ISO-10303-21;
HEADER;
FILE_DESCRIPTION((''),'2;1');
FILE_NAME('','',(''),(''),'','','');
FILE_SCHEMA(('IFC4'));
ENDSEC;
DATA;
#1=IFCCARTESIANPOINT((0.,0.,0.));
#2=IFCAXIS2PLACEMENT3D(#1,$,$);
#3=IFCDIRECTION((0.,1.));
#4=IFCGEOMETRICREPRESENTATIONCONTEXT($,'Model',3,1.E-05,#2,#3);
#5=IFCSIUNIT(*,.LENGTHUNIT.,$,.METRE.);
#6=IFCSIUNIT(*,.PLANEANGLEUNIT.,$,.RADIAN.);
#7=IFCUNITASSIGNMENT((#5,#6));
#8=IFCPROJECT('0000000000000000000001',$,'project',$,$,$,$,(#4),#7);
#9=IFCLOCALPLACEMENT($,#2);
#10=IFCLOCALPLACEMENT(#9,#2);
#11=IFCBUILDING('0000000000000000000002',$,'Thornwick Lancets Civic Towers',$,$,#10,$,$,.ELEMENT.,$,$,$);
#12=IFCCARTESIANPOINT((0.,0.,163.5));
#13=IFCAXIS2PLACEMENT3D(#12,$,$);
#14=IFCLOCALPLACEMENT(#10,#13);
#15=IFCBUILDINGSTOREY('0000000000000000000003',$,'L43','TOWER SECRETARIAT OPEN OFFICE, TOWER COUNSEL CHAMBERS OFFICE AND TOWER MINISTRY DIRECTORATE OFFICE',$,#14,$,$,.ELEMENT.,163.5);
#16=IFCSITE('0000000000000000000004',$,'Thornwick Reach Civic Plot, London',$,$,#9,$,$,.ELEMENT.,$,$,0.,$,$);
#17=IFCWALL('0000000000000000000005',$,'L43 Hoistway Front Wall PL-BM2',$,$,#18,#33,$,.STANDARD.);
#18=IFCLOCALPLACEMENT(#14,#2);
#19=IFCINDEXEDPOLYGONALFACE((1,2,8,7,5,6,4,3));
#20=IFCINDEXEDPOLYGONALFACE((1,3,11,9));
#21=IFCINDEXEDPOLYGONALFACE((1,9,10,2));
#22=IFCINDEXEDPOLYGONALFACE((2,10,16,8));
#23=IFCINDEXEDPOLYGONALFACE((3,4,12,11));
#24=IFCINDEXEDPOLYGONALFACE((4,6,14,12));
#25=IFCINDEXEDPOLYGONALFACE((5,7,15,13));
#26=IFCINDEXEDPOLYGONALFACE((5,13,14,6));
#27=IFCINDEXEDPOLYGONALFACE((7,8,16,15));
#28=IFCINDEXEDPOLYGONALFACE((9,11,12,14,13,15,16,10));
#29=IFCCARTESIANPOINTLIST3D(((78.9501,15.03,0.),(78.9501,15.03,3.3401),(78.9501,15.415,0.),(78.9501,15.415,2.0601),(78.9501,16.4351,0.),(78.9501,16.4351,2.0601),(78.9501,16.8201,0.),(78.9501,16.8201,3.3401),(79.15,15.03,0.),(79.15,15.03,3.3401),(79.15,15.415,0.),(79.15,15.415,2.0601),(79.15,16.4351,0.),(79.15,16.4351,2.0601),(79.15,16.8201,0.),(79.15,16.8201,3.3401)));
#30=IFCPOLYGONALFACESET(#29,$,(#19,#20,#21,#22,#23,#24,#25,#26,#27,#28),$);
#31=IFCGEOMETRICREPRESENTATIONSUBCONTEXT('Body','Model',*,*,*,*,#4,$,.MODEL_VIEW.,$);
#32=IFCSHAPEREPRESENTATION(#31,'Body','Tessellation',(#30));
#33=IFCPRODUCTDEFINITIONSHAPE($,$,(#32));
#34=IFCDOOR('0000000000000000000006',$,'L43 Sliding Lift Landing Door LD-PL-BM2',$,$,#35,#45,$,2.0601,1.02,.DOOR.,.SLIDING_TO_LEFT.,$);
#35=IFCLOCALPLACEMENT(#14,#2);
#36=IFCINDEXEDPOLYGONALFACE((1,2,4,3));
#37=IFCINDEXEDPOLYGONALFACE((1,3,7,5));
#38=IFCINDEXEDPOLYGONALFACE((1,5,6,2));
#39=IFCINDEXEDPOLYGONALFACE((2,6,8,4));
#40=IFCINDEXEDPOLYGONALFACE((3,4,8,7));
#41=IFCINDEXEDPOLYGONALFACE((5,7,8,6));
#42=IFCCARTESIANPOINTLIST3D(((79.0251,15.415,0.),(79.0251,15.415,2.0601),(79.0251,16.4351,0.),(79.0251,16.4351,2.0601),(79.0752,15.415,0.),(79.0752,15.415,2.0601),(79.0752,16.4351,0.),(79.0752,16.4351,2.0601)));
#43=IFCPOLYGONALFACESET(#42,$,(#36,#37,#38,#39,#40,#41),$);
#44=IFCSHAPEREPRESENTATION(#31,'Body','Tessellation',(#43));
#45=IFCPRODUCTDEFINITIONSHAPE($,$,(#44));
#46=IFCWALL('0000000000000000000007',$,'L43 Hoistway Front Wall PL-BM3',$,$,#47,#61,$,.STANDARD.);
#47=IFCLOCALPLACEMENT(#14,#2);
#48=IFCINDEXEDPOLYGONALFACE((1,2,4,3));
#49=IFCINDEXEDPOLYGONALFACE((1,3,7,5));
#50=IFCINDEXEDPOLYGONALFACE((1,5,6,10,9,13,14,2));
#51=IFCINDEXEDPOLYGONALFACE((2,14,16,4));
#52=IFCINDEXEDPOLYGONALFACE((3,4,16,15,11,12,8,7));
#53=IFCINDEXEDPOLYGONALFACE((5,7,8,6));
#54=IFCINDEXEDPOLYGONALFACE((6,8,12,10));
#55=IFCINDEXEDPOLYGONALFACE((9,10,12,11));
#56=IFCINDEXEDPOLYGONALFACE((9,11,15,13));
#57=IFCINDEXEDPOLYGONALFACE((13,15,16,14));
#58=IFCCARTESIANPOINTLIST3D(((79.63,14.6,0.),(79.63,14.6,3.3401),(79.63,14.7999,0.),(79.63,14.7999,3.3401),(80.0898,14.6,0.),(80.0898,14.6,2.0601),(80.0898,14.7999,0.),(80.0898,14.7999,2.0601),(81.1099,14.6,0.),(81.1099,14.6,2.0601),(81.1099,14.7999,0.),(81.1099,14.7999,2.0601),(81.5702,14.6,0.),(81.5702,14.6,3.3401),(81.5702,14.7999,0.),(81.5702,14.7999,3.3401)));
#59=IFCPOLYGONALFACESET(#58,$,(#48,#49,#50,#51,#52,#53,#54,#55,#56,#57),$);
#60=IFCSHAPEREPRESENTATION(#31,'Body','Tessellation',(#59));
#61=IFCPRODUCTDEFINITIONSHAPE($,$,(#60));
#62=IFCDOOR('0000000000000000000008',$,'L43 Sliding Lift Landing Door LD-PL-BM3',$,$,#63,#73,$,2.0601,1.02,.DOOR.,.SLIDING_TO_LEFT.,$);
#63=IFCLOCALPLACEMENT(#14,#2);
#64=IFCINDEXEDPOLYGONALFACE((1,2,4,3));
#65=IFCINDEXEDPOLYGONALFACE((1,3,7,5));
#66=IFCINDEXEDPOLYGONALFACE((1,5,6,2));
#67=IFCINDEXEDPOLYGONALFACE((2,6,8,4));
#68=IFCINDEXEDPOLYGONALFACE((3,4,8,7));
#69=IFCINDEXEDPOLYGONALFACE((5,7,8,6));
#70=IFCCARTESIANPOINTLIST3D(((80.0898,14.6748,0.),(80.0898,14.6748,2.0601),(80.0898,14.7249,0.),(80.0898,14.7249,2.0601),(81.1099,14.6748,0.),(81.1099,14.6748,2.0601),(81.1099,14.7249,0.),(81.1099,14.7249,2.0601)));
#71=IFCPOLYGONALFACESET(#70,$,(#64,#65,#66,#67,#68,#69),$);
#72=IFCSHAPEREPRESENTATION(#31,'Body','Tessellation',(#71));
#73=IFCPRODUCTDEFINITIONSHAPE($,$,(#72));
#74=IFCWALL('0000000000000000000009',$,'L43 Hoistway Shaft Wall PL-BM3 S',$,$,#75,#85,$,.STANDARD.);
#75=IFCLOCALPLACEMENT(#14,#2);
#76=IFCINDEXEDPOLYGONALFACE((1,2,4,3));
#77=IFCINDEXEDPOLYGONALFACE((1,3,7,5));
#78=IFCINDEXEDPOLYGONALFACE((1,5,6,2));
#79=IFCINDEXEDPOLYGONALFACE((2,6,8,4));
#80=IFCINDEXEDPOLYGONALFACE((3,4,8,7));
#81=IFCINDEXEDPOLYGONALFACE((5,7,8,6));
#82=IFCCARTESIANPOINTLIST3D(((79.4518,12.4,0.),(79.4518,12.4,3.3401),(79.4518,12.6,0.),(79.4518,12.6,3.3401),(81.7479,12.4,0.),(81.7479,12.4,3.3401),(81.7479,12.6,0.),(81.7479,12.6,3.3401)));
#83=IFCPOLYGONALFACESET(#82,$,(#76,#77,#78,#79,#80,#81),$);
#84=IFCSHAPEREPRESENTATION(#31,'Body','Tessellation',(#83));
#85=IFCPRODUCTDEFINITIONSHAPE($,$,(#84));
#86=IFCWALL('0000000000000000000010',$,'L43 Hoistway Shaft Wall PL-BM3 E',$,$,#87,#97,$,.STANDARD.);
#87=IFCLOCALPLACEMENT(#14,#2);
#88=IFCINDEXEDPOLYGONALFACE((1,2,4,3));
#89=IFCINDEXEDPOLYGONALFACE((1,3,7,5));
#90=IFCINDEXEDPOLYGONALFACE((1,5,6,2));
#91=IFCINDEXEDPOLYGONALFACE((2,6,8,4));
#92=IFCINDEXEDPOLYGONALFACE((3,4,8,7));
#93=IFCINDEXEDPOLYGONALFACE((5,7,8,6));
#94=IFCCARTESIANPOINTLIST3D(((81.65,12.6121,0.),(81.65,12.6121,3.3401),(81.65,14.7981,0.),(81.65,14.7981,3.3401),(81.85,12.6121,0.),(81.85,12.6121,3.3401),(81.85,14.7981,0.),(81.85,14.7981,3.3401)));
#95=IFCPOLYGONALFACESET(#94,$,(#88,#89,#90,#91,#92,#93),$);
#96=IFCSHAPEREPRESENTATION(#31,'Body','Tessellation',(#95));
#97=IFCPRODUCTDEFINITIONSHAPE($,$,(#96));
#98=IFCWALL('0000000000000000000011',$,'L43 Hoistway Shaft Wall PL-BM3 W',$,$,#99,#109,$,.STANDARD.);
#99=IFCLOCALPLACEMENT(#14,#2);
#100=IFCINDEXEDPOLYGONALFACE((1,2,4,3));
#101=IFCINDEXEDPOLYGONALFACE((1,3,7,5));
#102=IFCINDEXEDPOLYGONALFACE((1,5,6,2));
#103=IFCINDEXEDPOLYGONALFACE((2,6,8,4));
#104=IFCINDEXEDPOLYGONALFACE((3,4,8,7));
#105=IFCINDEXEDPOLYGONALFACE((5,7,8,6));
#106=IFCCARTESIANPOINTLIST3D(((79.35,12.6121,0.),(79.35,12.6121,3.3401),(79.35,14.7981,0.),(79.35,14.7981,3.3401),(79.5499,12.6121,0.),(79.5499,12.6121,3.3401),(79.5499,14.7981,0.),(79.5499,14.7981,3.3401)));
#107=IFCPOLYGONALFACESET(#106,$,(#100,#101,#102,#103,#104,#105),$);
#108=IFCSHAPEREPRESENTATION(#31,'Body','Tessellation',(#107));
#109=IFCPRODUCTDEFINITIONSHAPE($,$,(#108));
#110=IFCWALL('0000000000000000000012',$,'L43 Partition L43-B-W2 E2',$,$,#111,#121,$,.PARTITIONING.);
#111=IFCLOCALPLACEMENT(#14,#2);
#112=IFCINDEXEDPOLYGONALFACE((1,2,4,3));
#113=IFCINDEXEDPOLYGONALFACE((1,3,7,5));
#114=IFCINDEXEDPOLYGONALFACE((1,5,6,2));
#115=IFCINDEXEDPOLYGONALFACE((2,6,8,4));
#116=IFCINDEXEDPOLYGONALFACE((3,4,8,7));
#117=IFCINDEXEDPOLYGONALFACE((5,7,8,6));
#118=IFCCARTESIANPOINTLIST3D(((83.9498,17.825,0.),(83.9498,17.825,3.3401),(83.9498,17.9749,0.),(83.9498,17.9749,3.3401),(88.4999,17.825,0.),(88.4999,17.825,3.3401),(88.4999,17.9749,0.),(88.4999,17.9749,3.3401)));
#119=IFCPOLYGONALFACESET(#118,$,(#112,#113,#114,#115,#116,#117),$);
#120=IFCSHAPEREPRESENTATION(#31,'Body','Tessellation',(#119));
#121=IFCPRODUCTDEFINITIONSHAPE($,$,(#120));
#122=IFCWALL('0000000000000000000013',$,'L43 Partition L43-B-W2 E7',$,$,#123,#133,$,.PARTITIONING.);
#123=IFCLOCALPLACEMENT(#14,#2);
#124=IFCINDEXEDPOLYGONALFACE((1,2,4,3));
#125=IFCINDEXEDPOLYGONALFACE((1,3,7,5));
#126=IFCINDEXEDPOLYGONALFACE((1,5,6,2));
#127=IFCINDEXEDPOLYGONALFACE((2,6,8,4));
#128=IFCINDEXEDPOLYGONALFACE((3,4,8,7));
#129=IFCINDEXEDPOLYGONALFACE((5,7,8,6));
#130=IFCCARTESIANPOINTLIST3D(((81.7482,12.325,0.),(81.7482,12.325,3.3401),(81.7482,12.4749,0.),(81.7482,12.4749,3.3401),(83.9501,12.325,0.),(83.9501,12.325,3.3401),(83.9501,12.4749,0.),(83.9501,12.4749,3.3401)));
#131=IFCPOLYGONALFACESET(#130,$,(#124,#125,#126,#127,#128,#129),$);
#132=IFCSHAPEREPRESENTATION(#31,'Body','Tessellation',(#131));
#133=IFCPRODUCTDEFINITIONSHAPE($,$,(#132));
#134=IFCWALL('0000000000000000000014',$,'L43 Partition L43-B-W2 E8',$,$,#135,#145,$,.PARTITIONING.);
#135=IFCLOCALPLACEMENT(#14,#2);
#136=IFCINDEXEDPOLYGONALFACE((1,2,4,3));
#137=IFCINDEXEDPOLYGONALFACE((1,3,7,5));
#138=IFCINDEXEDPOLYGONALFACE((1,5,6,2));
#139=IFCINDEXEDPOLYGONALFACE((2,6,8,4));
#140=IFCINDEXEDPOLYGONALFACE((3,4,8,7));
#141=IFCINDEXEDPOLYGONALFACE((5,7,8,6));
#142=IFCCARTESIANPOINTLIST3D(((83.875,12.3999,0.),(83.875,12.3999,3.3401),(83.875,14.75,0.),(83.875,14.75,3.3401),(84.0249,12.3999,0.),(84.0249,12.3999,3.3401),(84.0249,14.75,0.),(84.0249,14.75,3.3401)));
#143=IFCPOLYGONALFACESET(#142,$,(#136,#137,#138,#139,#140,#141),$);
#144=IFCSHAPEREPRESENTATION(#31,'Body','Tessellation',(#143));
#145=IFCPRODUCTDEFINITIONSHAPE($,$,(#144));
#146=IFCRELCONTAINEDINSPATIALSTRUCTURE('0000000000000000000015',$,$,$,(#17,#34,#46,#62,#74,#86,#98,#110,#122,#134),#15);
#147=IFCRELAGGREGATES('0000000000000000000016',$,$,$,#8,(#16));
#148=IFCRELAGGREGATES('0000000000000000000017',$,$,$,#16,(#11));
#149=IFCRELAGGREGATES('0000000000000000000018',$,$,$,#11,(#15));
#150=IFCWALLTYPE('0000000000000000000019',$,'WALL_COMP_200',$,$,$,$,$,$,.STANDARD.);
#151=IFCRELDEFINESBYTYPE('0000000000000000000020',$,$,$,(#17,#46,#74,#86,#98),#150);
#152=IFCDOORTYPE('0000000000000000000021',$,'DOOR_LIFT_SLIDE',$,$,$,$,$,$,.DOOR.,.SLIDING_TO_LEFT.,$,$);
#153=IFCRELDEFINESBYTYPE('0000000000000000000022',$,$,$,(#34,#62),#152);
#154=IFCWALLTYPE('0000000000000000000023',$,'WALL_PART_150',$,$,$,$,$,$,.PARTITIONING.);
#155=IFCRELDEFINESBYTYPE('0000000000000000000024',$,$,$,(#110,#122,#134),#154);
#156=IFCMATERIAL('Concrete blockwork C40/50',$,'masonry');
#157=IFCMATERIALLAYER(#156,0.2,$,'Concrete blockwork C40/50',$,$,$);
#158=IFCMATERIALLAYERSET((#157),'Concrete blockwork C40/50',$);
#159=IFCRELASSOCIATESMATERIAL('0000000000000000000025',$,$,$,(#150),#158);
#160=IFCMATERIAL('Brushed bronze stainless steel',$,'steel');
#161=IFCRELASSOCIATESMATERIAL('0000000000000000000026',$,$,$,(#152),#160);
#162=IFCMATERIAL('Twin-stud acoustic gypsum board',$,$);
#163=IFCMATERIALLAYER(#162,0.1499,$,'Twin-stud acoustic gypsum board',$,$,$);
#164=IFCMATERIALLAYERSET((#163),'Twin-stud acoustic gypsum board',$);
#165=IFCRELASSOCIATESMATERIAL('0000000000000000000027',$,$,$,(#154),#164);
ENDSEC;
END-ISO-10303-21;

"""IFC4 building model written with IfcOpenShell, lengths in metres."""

from ifc_helpers import new_model, si_unit, direction, frame, frame_2d, origin, place, context, subcontext, project, spatial, rectangle, extrude, material, layer, layer_set, type_object, element, fill, save


model = new_model("IFC4")

# Units and contexts
model_context = context("Model", 3, precision=1e-05, world=origin(), true_north=direction((0.0, 1.0)))
body_context = subcontext(model_context, "Body", "Model", "MODEL_VIEW")
ifc_project = project(units=[si_unit("LENGTHUNIT", "METRE"), si_unit("PLANEANGLEUNIT", "RADIAN")], contexts=[model_context])

# Site, building, storey
site_placement = place(None, origin())
site = spatial("IfcSite", under=ifc_project, at=site_placement, Name="Thornwick Reach Civic Plot, London", CompositionType="ELEMENT", RefElevation=0.0)
building_placement = place(site_placement, origin())
building = spatial("IfcBuilding", under=site, at=building_placement, Name="Thornwick Lancets Civic Towers", CompositionType="ELEMENT")
storey_placement = place(building_placement, frame((0.0, 0.0, 163.5)))
storey = spatial("IfcBuildingStorey", under=building, at=storey_placement, Name="L43", Description="TOWER SECRETARIAT OPEN OFFICE, TOWER COUNSEL CHAMBERS OFFICE AND TOWER MINISTRY DIRECTORATE OFFICE", CompositionType="ELEMENT", Elevation=163.5)

# Walls, openings, doors
ifc_material_1 = material(Name="Concrete blockwork C40/50", Category="masonry")
ifc_layer_1 = layer(ifc_material_1, 0.2, Name="Concrete blockwork C40/50")
ifc_layer_set_1 = layer_set([ifc_layer_1], Name="Concrete blockwork C40/50")
wall_type_1 = type_object("IfcWallType", Name="WALL_COMP_200", PredefinedType="STANDARD", material=ifc_layer_set_1)
ifc_material_2 = material(Name="Brushed bronze stainless steel", Category="steel")
door_type_1 = type_object("IfcDoorType", Name="DOOR_LIFT_SLIDE", OperationType="SLIDING_TO_LEFT", PredefinedType="DOOR", material=ifc_material_2)
wall_1_placement = place(storey_placement, frame((79.05, 15.03, 0.0), z_axis=(0.0, 0.0, 1.0), x_axis=(0.0, 1.0, 0.0)))
wall_1 = element("IfcWall", 1, at=wall_1_placement, inside=storey, type_object=wall_type_1, Name="L43 Hoistway Front Wall PL-BM2", PredefinedType="STANDARD", context=body_context, shape_type="SweptSolid", body=[
    extrude(rectangle(XDim=1.79, YDim=0.2, at=frame_2d((0.895, 0.0))), origin(), (0.0, 0.0, 1.0), 3.3401),
])
opening_1_placement = place(wall_1_placement, frame((0.385, 0.0, 0.0)))
opening_1 = element("IfcOpeningElement", 2, at=opening_1_placement, cuts=wall_1, PredefinedType="OPENING", context=body_context, shape_type="SweptSolid", body=[
    extrude(rectangle(XDim=1.02, YDim=2.0601, at=frame_2d((0.51, 1.03))), frame((0.0, 0.1099, 0.0), z_axis=(0.0, -1.0, 0.0), x_axis=(1.0, 0.0, 0.0)), (0.0, 0.0, 1.0), 0.22),
])
door_1_placement = place(opening_1_placement, origin())
door_1 = element("IfcDoor", 3, at=door_1_placement, inside=storey, type_object=door_type_1, Name="L43 Sliding Lift Landing Door LD-PL-BM2", OperationType="SLIDING_TO_LEFT", OverallHeight=2.0601, OverallWidth=1.02, PredefinedType="DOOR", context=body_context, shape_type="SweptSolid", body=[
    extrude(rectangle(XDim=1.02, YDim=2.0601, at=frame_2d((0.51, 1.03))), frame((0.0, 0.0249, 0.0), z_axis=(0.0, -1.0, 0.0), x_axis=(1.0, 0.0, 0.0)), (0.0, 0.0, 1.0), 0.05),
])
fill(opening_1, door_1)
wall_2_placement = place(storey_placement, frame((79.6299, 14.7, 0.0), z_axis=(0.0, 0.0, 1.0), x_axis=(1.0, 0.0, 0.0)))
wall_2 = element("IfcWall", 4, at=wall_2_placement, inside=storey, type_object=wall_type_1, Name="L43 Hoistway Front Wall PL-BM3", PredefinedType="STANDARD", context=body_context, shape_type="SweptSolid", body=[
    extrude(rectangle(XDim=1.9402, YDim=0.2, at=frame_2d((0.9702, 0.0))), origin(), (0.0, 0.0, 1.0), 3.3401),
])
opening_2_placement = place(wall_2_placement, frame((0.46, 0.0, 0.0)))
opening_2 = element("IfcOpeningElement", 5, at=opening_2_placement, cuts=wall_2, PredefinedType="OPENING", context=body_context, shape_type="SweptSolid", body=[
    extrude(rectangle(XDim=1.02, YDim=2.0601, at=frame_2d((0.51, 1.03))), frame((0.0, 0.1099, 0.0), z_axis=(0.0, -1.0, 0.0), x_axis=(1.0, 0.0, 0.0)), (0.0, 0.0, 1.0), 0.22),
])
door_2_placement = place(opening_2_placement, origin())
door_2 = element("IfcDoor", 6, at=door_2_placement, inside=storey, type_object=door_type_1, Name="L43 Sliding Lift Landing Door LD-PL-BM3", OperationType="SLIDING_TO_LEFT", OverallHeight=2.0601, OverallWidth=1.02, PredefinedType="DOOR", context=body_context, shape_type="SweptSolid", body=[
    extrude(rectangle(XDim=1.02, YDim=2.0601, at=frame_2d((0.51, 1.03))), frame((0.0, 0.0249, 0.0), z_axis=(0.0, -1.0, 0.0), x_axis=(1.0, 0.0, 0.0)), (0.0, 0.0, 1.0), 0.05),
])
fill(opening_2, door_2)

# Walls
wall_3_placement = place(storey_placement, frame((79.4519, 12.5, 0.0), z_axis=(0.0, 0.0, 1.0), x_axis=(1.0, 0.0, 0.0)))
element("IfcWall", 7, at=wall_3_placement, inside=storey, type_object=wall_type_1, Name="L43 Hoistway Shaft Wall PL-BM3 S", PredefinedType="STANDARD", context=body_context, shape_type="SweptSolid", body=[
    extrude(rectangle(XDim=2.2961, YDim=0.2, at=frame_2d((1.1479, 0.0))), origin(), (0.0, 0.0, 1.0), 3.3401),
])
for number, where, z_axis, x_axis, name in (
    (8, (81.75, 12.6121, 0.0), (0.0, 0.0, 1.0), (0.0, 1.0, 0.0), "L43 Hoistway Shaft Wall PL-BM3 E"),
    (9, (79.45, 12.6121, 0.0), (0.0, 0.0, 1.0), (0.0, 1.0, 0.0), "L43 Hoistway Shaft Wall PL-BM3 W"),
):
    element("IfcWall", number, at=place(storey_placement, frame(where, z_axis=z_axis, x_axis=x_axis)), inside=storey, type_object=wall_type_1, Name=name, PredefinedType="STANDARD", context=body_context, shape_type="SweptSolid", body=[
        extrude(rectangle(XDim=2.186, YDim=0.2, at=frame_2d((1.093, 0.0))), origin(), (0.0, 0.0, 1.0), 3.3401),
    ])

# Shared definitions
ifc_material_3 = material(Name="Twin-stud acoustic gypsum board")
ifc_layer_2 = layer(ifc_material_3, 0.1499, Name="Twin-stud acoustic gypsum board")
ifc_layer_set_2 = layer_set([ifc_layer_2], Name="Twin-stud acoustic gypsum board")
wall_type_2 = type_object("IfcWallType", Name="WALL_PART_150", PredefinedType="PARTITIONING", material=ifc_layer_set_2)

# Walls
wall_4_placement = place(storey_placement, frame((83.95, 17.8999, 0.0), z_axis=(0.0, 0.0, 1.0), x_axis=(1.0, 0.0, 0.0)))
element("IfcWall", 10, at=wall_4_placement, inside=storey, type_object=wall_type_2, Name="L43 Partition L43-B-W2 E2", PredefinedType="PARTITIONING", context=body_context, shape_type="SweptSolid", body=[
    extrude(rectangle(XDim=4.55, YDim=0.1499, at=frame_2d((2.2749, 0.0))), origin(), (0.0, 0.0, 1.0), 3.3401),
])
wall_5_placement = place(storey_placement, frame((81.748, 12.3999, 0.0), z_axis=(0.0, 0.0, 1.0), x_axis=(1.0, 0.0, 0.0)))
element("IfcWall", 11, at=wall_5_placement, inside=storey, type_object=wall_type_2, Name="L43 Partition L43-B-W2 E7", PredefinedType="PARTITIONING", context=body_context, shape_type="SweptSolid", body=[
    extrude(rectangle(XDim=2.2019, YDim=0.1499, at=frame_2d((1.1011, 0.0))), origin(), (0.0, 0.0, 1.0), 3.3401),
])
wall_6_placement = place(storey_placement, frame((83.95, 12.3999, 0.0), z_axis=(0.0, 0.0, 1.0), x_axis=(0.0, 1.0, 0.0)))
element("IfcWall", 12, at=wall_6_placement, inside=storey, type_object=wall_type_2, Name="L43 Partition L43-B-W2 E8", PredefinedType="PARTITIONING", context=body_context, shape_type="SweptSolid", body=[
    extrude(rectangle(XDim=2.3501, YDim=0.1499, at=frame_2d((1.175, 0.0))), origin(), (0.0, 0.0, 1.0), 3.3401),
])

save(model, "model.ifc")
